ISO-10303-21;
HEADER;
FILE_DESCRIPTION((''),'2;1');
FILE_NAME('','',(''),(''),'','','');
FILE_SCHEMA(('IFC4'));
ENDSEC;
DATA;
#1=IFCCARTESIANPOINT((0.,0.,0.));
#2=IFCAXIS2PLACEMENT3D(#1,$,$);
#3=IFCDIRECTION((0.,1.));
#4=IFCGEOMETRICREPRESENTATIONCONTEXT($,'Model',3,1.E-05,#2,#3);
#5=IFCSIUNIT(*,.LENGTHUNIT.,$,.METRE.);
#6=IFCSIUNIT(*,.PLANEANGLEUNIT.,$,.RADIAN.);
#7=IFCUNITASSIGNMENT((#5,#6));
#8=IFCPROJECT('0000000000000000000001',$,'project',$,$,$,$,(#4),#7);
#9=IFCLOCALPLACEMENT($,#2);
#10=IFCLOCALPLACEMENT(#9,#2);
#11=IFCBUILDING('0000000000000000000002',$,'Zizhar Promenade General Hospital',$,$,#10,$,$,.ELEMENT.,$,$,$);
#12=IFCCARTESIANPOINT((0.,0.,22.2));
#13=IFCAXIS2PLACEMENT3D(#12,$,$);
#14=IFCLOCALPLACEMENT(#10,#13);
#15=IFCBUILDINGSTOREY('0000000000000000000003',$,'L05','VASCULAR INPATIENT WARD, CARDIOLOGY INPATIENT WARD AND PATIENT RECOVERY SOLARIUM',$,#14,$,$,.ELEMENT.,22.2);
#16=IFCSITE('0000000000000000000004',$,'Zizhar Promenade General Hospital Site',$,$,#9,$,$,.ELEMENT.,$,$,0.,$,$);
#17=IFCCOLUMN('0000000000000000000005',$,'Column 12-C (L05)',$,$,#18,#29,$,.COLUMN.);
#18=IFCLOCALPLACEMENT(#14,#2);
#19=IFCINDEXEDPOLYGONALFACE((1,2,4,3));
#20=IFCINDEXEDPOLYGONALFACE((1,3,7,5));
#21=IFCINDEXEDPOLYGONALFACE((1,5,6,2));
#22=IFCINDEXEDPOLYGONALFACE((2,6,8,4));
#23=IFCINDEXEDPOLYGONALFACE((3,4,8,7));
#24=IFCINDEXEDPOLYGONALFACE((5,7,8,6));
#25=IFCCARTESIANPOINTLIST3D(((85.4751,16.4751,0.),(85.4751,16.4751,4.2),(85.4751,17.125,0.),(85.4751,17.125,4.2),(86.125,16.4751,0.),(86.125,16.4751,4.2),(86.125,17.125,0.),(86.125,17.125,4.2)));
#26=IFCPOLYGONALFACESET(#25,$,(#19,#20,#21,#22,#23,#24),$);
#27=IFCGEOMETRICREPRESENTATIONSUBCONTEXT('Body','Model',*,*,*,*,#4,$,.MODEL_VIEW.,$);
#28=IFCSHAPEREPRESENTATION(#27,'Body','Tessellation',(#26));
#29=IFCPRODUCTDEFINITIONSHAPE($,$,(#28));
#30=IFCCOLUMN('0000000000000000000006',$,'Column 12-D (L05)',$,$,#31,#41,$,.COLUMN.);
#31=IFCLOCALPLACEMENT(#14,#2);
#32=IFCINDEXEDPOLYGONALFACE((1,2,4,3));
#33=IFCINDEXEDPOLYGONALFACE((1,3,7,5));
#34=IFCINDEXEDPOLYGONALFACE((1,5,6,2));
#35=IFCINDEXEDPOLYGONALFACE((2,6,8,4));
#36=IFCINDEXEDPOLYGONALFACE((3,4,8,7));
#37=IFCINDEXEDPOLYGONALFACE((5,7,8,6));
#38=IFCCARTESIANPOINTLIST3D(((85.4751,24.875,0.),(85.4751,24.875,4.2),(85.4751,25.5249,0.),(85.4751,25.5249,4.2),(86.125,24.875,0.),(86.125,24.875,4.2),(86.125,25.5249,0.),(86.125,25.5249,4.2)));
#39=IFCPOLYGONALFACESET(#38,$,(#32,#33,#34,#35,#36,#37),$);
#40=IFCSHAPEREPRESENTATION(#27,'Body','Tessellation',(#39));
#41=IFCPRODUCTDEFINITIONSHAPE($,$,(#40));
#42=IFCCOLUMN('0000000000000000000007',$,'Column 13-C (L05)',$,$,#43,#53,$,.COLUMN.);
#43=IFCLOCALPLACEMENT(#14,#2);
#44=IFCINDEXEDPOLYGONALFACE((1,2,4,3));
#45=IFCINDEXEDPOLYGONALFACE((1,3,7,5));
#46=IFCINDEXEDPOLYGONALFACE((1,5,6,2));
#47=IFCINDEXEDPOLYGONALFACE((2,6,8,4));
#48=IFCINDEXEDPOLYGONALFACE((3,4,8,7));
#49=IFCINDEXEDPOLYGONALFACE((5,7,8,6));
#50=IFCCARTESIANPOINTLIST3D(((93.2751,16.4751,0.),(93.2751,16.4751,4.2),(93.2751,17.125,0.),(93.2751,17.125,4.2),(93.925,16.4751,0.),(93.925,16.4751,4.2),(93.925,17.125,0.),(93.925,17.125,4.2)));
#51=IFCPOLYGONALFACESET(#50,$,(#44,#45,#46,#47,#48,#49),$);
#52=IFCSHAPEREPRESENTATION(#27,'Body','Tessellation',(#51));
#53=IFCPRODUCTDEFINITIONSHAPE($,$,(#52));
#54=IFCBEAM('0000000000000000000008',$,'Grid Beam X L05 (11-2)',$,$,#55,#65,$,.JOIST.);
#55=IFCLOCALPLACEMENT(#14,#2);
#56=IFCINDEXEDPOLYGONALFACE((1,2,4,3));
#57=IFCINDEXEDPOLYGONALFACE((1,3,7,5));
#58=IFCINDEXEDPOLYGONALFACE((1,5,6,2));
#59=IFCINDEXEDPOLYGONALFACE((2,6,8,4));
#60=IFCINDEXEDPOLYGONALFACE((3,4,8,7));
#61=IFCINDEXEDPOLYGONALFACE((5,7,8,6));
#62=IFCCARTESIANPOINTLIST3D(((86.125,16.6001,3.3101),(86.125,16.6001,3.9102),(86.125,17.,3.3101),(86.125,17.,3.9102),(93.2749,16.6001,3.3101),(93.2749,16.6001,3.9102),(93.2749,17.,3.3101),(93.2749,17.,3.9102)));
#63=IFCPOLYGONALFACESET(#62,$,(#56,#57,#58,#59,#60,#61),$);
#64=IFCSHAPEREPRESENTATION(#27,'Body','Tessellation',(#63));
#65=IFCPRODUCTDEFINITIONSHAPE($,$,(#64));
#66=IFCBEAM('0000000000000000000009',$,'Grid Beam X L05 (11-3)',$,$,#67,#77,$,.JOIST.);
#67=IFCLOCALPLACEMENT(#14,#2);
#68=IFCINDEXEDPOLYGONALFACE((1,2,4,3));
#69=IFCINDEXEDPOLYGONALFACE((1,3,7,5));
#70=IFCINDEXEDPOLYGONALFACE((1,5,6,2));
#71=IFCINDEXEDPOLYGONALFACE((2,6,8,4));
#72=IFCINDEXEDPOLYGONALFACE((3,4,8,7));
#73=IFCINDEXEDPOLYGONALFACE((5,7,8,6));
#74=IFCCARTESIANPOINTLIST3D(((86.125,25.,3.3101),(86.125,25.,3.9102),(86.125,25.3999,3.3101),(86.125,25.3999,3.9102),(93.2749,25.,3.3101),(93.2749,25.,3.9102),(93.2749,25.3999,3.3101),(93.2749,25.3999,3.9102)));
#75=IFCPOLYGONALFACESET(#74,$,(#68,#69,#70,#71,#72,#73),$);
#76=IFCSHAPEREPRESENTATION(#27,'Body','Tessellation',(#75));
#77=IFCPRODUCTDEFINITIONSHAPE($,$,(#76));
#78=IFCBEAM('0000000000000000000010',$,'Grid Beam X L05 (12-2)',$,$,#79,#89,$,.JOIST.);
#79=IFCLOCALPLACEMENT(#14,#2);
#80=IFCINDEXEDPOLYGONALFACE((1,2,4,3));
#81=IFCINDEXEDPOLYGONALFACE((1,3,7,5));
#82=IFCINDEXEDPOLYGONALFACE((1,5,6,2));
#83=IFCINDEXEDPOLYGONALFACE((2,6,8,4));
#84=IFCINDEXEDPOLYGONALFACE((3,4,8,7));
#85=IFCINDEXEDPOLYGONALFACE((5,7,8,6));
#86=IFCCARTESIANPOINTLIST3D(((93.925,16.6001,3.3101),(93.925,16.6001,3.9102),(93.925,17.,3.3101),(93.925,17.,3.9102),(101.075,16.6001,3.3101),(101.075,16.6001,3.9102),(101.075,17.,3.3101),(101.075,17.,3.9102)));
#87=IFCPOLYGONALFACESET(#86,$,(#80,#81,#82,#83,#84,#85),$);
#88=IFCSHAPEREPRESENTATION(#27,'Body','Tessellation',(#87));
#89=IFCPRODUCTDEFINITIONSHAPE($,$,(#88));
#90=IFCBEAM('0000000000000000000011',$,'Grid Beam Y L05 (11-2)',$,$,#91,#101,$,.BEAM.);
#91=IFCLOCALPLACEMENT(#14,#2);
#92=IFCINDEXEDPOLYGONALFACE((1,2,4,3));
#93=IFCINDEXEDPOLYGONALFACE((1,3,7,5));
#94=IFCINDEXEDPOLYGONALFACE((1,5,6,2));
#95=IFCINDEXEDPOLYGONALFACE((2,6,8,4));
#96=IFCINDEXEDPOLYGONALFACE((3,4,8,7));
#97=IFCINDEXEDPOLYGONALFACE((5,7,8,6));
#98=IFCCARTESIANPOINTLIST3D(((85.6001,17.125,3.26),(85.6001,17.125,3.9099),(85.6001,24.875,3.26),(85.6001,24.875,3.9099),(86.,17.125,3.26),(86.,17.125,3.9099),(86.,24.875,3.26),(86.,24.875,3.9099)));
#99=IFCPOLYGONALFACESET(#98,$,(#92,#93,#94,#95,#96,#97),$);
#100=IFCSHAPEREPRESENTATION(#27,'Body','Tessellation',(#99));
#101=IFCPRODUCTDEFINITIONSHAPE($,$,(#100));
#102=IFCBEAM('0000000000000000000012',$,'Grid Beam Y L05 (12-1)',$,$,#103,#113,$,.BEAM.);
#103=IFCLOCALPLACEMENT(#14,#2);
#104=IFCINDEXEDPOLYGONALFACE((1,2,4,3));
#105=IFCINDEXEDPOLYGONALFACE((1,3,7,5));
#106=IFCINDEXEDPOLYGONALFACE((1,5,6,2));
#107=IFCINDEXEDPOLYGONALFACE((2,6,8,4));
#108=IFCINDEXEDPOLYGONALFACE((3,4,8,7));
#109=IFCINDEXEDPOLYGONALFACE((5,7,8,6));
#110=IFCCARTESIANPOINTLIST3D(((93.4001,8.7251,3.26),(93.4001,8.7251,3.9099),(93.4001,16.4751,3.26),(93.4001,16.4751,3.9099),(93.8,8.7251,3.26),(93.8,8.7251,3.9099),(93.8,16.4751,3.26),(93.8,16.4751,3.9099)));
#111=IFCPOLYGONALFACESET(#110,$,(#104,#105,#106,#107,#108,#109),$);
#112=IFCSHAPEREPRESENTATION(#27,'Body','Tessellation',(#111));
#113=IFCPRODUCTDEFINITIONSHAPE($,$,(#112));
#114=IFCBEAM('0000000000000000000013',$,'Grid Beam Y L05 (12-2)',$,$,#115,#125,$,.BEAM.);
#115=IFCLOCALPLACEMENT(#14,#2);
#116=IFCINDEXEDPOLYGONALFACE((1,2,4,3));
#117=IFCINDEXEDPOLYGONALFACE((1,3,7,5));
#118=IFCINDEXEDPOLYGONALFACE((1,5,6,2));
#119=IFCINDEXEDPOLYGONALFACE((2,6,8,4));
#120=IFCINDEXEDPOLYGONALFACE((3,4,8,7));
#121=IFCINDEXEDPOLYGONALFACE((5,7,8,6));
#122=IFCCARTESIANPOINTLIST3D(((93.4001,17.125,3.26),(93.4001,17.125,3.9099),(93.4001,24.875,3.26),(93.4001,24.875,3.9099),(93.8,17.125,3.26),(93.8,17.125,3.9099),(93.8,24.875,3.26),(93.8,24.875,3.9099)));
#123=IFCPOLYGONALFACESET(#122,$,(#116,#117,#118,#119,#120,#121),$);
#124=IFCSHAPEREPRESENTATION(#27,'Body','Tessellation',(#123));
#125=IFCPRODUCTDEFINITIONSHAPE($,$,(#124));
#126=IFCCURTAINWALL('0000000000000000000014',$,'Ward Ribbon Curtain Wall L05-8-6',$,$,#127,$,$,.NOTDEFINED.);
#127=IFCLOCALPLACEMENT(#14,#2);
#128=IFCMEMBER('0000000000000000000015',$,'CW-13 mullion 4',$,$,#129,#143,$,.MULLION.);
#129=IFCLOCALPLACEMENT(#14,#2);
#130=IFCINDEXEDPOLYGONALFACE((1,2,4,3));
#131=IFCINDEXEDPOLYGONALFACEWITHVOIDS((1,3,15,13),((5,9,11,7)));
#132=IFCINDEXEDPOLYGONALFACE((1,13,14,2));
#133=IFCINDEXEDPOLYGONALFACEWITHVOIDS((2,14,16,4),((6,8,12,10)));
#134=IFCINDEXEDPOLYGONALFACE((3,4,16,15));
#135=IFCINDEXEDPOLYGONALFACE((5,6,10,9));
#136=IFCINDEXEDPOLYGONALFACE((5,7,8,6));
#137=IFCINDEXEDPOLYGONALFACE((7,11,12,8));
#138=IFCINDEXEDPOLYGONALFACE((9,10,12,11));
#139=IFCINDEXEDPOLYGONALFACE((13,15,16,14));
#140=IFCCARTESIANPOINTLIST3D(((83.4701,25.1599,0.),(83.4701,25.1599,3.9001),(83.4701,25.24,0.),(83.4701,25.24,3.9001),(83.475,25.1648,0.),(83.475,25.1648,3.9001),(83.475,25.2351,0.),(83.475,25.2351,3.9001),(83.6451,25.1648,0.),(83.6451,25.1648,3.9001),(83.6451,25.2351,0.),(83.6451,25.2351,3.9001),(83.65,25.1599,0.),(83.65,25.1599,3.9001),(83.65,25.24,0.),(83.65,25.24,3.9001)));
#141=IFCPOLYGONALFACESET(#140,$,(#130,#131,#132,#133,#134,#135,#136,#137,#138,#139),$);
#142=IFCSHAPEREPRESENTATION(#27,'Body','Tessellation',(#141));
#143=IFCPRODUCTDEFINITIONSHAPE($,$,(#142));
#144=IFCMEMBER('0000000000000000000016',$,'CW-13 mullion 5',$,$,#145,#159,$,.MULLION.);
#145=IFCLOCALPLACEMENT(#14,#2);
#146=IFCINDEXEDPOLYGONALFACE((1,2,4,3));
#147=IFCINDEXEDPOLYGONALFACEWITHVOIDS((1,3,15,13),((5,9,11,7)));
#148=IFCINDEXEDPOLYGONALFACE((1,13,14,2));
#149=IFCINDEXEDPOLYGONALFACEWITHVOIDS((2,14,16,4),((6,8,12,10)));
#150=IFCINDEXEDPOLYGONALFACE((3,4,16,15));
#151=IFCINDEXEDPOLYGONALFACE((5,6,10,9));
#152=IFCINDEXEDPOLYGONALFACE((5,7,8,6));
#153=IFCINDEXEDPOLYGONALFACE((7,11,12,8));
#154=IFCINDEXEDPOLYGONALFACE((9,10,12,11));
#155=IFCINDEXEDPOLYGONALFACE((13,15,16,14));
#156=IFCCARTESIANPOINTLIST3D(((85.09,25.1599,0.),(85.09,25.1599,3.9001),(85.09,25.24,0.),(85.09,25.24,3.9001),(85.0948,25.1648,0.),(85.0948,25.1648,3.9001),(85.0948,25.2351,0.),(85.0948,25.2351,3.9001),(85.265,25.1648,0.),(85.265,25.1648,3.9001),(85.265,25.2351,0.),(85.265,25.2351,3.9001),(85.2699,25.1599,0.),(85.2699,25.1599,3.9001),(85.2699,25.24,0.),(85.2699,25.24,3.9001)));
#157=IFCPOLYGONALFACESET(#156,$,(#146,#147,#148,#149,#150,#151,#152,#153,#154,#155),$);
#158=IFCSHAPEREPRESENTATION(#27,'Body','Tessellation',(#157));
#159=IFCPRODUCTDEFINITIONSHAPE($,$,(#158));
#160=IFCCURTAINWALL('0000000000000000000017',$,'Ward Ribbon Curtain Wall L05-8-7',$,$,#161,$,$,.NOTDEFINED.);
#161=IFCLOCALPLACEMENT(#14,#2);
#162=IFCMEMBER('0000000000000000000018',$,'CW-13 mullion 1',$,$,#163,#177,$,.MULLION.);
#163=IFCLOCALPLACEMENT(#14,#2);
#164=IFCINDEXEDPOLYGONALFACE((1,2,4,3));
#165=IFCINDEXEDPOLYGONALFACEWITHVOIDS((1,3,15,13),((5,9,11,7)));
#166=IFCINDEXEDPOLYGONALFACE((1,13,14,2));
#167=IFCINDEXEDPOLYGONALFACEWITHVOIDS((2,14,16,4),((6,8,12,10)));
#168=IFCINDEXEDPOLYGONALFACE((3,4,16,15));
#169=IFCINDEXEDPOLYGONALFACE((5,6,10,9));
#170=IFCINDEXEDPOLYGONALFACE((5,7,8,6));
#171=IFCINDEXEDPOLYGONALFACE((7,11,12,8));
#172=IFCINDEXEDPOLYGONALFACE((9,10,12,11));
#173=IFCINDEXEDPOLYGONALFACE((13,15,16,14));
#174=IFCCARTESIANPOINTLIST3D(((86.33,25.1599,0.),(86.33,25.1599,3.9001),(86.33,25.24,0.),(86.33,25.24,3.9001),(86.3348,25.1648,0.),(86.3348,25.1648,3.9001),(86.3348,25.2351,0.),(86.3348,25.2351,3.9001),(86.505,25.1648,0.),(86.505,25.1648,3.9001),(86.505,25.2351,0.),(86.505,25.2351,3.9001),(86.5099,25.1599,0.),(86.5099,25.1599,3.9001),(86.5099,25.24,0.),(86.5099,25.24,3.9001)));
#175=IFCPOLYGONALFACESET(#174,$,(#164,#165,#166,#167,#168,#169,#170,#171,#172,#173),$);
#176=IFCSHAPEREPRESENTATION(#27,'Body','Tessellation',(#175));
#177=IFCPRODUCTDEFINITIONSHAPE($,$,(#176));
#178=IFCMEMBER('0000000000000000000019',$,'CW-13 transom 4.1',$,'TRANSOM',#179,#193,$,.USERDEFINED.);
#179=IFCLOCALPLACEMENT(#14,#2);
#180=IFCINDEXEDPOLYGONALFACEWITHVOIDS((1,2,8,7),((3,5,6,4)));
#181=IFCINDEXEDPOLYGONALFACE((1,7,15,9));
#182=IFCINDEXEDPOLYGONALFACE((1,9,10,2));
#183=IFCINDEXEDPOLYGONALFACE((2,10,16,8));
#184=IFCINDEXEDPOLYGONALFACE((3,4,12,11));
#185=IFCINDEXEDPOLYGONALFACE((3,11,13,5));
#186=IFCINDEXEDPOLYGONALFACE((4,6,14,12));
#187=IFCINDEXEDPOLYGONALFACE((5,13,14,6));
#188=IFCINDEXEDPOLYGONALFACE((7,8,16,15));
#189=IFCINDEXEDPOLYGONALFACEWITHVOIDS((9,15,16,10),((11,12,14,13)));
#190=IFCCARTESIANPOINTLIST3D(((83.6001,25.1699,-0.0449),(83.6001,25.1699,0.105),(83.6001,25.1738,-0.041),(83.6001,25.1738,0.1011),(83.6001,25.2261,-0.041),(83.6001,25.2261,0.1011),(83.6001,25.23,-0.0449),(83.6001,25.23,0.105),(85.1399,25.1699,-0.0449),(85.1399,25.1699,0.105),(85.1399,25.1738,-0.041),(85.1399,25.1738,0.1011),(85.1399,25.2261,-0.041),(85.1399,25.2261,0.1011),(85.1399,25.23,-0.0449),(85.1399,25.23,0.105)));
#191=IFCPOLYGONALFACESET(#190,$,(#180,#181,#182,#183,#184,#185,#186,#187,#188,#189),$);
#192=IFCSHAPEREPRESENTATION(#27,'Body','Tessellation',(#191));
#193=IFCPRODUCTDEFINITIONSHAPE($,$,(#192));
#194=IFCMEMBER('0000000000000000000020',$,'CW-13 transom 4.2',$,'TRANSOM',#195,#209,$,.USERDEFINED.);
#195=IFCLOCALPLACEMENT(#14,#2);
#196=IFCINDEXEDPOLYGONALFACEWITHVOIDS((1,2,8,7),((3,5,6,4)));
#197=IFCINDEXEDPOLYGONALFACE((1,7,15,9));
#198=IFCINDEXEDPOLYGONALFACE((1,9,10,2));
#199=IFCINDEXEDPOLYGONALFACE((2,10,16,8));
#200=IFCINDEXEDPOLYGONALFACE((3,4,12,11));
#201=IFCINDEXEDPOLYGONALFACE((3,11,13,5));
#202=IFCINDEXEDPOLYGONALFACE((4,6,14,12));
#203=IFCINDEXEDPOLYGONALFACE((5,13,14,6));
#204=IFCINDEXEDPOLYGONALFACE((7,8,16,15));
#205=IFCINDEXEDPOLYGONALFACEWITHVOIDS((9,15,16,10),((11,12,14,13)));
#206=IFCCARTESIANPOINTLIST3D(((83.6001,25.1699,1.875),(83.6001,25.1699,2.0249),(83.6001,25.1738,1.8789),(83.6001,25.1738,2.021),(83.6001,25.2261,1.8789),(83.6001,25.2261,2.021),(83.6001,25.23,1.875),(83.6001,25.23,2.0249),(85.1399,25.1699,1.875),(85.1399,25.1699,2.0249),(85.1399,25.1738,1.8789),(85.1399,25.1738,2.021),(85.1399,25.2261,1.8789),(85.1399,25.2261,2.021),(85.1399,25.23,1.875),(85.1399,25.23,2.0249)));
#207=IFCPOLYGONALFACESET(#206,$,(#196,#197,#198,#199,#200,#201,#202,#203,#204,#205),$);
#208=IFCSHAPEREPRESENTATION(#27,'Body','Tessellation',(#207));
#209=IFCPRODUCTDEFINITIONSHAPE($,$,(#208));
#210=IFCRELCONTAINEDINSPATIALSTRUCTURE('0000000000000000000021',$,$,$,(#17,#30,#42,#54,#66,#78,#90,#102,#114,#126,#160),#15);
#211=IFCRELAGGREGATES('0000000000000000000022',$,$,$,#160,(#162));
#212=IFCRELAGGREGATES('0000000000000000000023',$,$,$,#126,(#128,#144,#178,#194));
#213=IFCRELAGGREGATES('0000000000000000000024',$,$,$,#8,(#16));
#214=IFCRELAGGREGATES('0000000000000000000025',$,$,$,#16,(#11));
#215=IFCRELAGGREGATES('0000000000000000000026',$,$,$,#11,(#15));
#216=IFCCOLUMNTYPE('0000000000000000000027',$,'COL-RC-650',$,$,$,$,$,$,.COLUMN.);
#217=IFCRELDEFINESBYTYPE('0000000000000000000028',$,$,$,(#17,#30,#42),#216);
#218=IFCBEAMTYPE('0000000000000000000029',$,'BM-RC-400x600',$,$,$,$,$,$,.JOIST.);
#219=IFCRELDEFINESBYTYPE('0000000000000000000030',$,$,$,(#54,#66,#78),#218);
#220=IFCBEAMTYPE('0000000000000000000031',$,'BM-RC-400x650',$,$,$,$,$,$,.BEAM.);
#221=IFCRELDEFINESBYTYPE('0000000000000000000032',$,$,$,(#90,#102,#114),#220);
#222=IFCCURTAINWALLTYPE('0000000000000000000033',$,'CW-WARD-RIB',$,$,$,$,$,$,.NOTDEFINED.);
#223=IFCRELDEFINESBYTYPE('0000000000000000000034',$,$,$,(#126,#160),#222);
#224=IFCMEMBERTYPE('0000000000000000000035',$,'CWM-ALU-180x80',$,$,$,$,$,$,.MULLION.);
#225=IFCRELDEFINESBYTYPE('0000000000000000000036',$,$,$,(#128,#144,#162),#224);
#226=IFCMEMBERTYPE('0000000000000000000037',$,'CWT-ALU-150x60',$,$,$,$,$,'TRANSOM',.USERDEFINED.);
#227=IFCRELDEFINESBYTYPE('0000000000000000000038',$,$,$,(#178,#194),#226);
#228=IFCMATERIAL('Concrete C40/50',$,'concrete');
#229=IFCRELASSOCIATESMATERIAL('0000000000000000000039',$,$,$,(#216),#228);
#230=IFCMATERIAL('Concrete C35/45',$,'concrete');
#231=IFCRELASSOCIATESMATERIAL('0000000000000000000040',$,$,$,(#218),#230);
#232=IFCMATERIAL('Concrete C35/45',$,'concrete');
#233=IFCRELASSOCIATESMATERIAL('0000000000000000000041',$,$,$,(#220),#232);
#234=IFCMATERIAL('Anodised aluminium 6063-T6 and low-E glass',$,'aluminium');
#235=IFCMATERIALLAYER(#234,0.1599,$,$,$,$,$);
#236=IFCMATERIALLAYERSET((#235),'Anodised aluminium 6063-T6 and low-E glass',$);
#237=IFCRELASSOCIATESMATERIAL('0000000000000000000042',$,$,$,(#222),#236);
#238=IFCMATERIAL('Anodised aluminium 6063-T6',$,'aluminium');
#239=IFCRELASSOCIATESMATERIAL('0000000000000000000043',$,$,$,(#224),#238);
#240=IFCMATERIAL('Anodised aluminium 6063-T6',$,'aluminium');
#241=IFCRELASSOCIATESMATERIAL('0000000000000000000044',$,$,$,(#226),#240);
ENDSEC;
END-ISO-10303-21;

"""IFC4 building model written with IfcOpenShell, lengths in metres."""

from ifc_helpers import new_model, si_unit, direction, frame, origin, origin_2d, place, context, subcontext, project, spatial, rectangle, hollow_rectangle, extrude, material, layer, layer_set, material_profile, profile_set, type_object, element, aggregate, save


model = new_model("IFC4")

# Units and contexts
model_context = context("Model", 3, precision=1e-05, world=origin(), true_north=direction((0.0, 1.0)))
body_context = subcontext(model_context, "Body", "Model", "MODEL_VIEW")
ifc_project = project(units=[si_unit("LENGTHUNIT", "METRE"), si_unit("PLANEANGLEUNIT", "RADIAN")], contexts=[model_context])

# Site, building, storey
site_placement = place(None, origin())
site = spatial("IfcSite", under=ifc_project, at=site_placement, Name="Zizhar Promenade General Hospital Site", CompositionType="ELEMENT", RefElevation=0.0)
building_placement = place(site_placement, origin())
building = spatial("IfcBuilding", under=site, at=building_placement, Name="Zizhar Promenade General Hospital", CompositionType="ELEMENT")
storey_placement = place(building_placement, frame((0.0, 0.0, 22.2)))
storey = spatial("IfcBuildingStorey", under=building, at=storey_placement, Name="L05", Description="VASCULAR INPATIENT WARD, CARDIOLOGY INPATIENT WARD AND PATIENT RECOVERY SOLARIUM", CompositionType="ELEMENT", Elevation=22.2)

# Columns
ifc_material_1 = material(Name="Concrete C40/50", Category="concrete")
ifc_material_profile_1 = material_profile(ifc_material_1, rectangle(XDim=0.6499, YDim=0.6499, at=origin_2d()))
ifc_profile_set_1 = profile_set([ifc_material_profile_1], Name="Concrete C40/50")
column_type = type_object("IfcColumnType", Name="COL-RC-650", PredefinedType="COLUMN", material=ifc_profile_set_1)
for number, where, z_axis, x_axis, name in (
    (1, (85.8, 16.8, 0.0), (0.0, 0.0, 1.0), (1.0, 0.0, 0.0), "Column 12-C (L05)"),
    (2, (85.8, 25.2, 0.0), (0.0, 0.0, 1.0), (1.0, 0.0, 0.0), "Column 12-D (L05)"),
    (3, (93.6001, 16.8, 0.0), (0.0, 0.0, 1.0), (1.0, 0.0, 0.0), "Column 13-C (L05)"),
):
    element("IfcColumn", number, at=place(storey_placement, frame(where, z_axis=z_axis, x_axis=x_axis)), inside=storey, type_object=column_type, Name=name, PredefinedType="COLUMN", context=body_context, shape_type="SweptSolid", body=[
        extrude(rectangle(XDim=0.6499, YDim=0.6499, at=origin_2d()), origin(), (0.0, 0.0, 1.0), 4.2),
    ])

# Beams
ifc_material_2 = material(Name="Concrete C35/45", Category="concrete")
ifc_material_profile_2 = material_profile(ifc_material_2, rectangle(XDim=0.3999, YDim=0.6001, at=origin_2d()))
ifc_profile_set_2 = profile_set([ifc_material_profile_2], Name="Concrete C35/45")
beam_type_1 = type_object("IfcBeamType", Name="BM-RC-400x600", PredefinedType="JOIST", material=ifc_profile_set_2)
for number, where, z_axis, x_axis, name in (
    (4, (86.125, 16.8, 3.6101), (1.0, 0.0, 0.0), (0.0, 1.0, 0.0), "Grid Beam X L05 (11-2)"),
    (5, (86.125, 25.2, 3.6101), (1.0, 0.0, 0.0), (0.0, 1.0, 0.0), "Grid Beam X L05 (11-3)"),
    (6, (93.925, 16.8, 3.6101), (1.0, 0.0, 0.0), (0.0, 1.0, 0.0), "Grid Beam X L05 (12-2)"),
):
    element("IfcBeam", number, at=place(storey_placement, frame(where, z_axis=z_axis, x_axis=x_axis)), inside=storey, type_object=beam_type_1, Name=name, PredefinedType="JOIST", context=body_context, shape_type="SweptSolid", body=[
        extrude(rectangle(XDim=0.3999, YDim=0.6001, at=origin_2d()), origin(), (0.0, 0.0, 1.0), 7.1499),
    ])
ifc_material_3 = material(Name="Concrete C35/45", Category="concrete")
ifc_material_profile_3 = material_profile(ifc_material_3, rectangle(XDim=0.3999, YDim=0.6499, at=origin_2d()))
ifc_profile_set_3 = profile_set([ifc_material_profile_3], Name="Concrete C35/45")
beam_type_2 = type_object("IfcBeamType", Name="BM-RC-400x650", PredefinedType="BEAM", material=ifc_profile_set_3)
for number, where, z_axis, x_axis, name in (
    (7, (85.8, 17.125, 3.585), (0.0, 1.0, 0.0), (-1.0, 0.0, 0.0), "Grid Beam Y L05 (11-2)"),
    (8, (93.6001, 8.7251, 3.585), (0.0, 1.0, 0.0), (-1.0, 0.0, 0.0), "Grid Beam Y L05 (12-1)"),
    (9, (93.6001, 17.125, 3.585), (0.0, 1.0, 0.0), (-1.0, 0.0, 0.0), "Grid Beam Y L05 (12-2)"),
):
    element("IfcBeam", number, at=place(storey_placement, frame(where, z_axis=z_axis, x_axis=x_axis)), inside=storey, type_object=beam_type_2, Name=name, PredefinedType="BEAM", context=body_context, shape_type="SweptSolid", body=[
        extrude(rectangle(XDim=0.3999, YDim=0.6499, at=origin_2d()), origin(), (0.0, 0.0, 1.0), 7.75),
    ])

# Curtain wall, members
ifc_material_4 = material(Name="Anodised aluminium 6063-T6 and low-E glass", Category="aluminium")
ifc_layer_1 = layer(ifc_material_4, 0.1599)
ifc_layer_set_1 = layer_set([ifc_layer_1], Name="Anodised aluminium 6063-T6 and low-E glass")
curtain_wall_type = type_object("IfcCurtainWallType", Name="CW-WARD-RIB", PredefinedType="NOTDEFINED", material=ifc_layer_set_1)
curtain_wall_1_placement = place(storey_placement, origin())
curtain_wall_1 = element("IfcCurtainWall", 10, at=curtain_wall_1_placement, inside=storey, type_object=curtain_wall_type, Name="Ward Ribbon Curtain Wall L05-8-6", PredefinedType="NOTDEFINED")
ifc_material_5 = material(Name="Anodised aluminium 6063-T6", Category="aluminium")
ifc_material_profile_4 = material_profile(ifc_material_5, hollow_rectangle(XDim=0.0801, YDim=0.1799, WallThickness=0.0049, at=origin_2d()))
ifc_profile_set_4 = profile_set([ifc_material_profile_4], Name="Anodised aluminium 6063-T6")
member_type_1 = type_object("IfcMemberType", Name="CWM-ALU-180x80", PredefinedType="MULLION", material=ifc_profile_set_4)
member_1_placement = place(storey_placement, frame((83.5601, 25.2, 0.0), z_axis=(0.0, 0.0, 1.0), x_axis=(0.0, 1.0, 0.0)))
member_1 = element("IfcMember", 11, at=member_1_placement, type_object=member_type_1, Name="CW-13 mullion 4", PredefinedType="MULLION", context=body_context, shape_type="SweptSolid", body=[
    extrude(hollow_rectangle(XDim=0.0801, YDim=0.1799, WallThickness=0.0049, at=origin_2d()), origin(), (0.0, 0.0, 1.0), 3.9001),
])
member_2_placement = place(storey_placement, frame((85.1799, 25.2, 0.0), z_axis=(0.0, 0.0, 1.0), x_axis=(0.0, 1.0, 0.0)))
member_2 = element("IfcMember", 12, at=member_2_placement, type_object=member_type_1, Name="CW-13 mullion 5", PredefinedType="MULLION", context=body_context, shape_type="SweptSolid", body=[
    extrude(hollow_rectangle(XDim=0.0801, YDim=0.1799, WallThickness=0.0049, at=origin_2d()), origin(), (0.0, 0.0, 1.0), 3.9001),
])

# Curtain wall, member
curtain_wall_2_placement = place(storey_placement, origin())
curtain_wall_2 = element("IfcCurtainWall", 13, at=curtain_wall_2_placement, inside=storey, type_object=curtain_wall_type, Name="Ward Ribbon Curtain Wall L05-8-7", PredefinedType="NOTDEFINED")
member_3_placement = place(storey_placement, frame((86.4199, 25.2, 0.0), z_axis=(0.0, 0.0, 1.0), x_axis=(0.0, 1.0, 0.0)))
member_3 = element("IfcMember", 14, at=member_3_placement, type_object=member_type_1, Name="CW-13 mullion 1", PredefinedType="MULLION", context=body_context, shape_type="SweptSolid", body=[
    extrude(hollow_rectangle(XDim=0.0801, YDim=0.1799, WallThickness=0.0049, at=origin_2d()), origin(), (0.0, 0.0, 1.0), 3.9001),
])
aggregate(curtain_wall_2, [member_3])

# Members
ifc_material_6 = material(Name="Anodised aluminium 6063-T6", Category="aluminium")
ifc_material_profile_5 = material_profile(ifc_material_6, hollow_rectangle(XDim=0.0601, YDim=0.1499, WallThickness=0.0039, at=origin_2d()))
ifc_profile_set_5 = profile_set([ifc_material_profile_5], Name="Anodised aluminium 6063-T6")
member_type_2 = type_object("IfcMemberType", Name="CWT-ALU-150x60", ElementType="TRANSOM", PredefinedType="USERDEFINED", material=ifc_profile_set_5)
member_4_placement = place(storey_placement, frame((83.6001, 25.2, 0.03), z_axis=(1.0, 0.0, 0.0), x_axis=(0.0, 1.0, 0.0)))
member_4 = element("IfcMember", 15, at=member_4_placement, type_object=member_type_2, Name="CW-13 transom 4.1", ObjectType="TRANSOM", PredefinedType="USERDEFINED", context=body_context, shape_type="SweptSolid", body=[
    extrude(hollow_rectangle(XDim=0.0601, YDim=0.1499, WallThickness=0.0039, at=origin_2d()), origin(), (0.0, 0.0, 1.0), 1.5398),
])
member_5_placement = place(storey_placement, frame((83.6001, 25.2, 1.95), z_axis=(1.0, 0.0, 0.0), x_axis=(0.0, 1.0, 0.0)))
member_5 = element("IfcMember", 16, at=member_5_placement, type_object=member_type_2, Name="CW-13 transom 4.2", ObjectType="TRANSOM", PredefinedType="USERDEFINED", context=body_context, shape_type="SweptSolid", body=[
    extrude(hollow_rectangle(XDim=0.0601, YDim=0.1499, WallThickness=0.0039, at=origin_2d()), origin(), (0.0, 0.0, 1.0), 1.5398),
])

aggregate(curtain_wall_1, [member_1, member_2, member_4, member_5])

save(model, "model.ifc")
